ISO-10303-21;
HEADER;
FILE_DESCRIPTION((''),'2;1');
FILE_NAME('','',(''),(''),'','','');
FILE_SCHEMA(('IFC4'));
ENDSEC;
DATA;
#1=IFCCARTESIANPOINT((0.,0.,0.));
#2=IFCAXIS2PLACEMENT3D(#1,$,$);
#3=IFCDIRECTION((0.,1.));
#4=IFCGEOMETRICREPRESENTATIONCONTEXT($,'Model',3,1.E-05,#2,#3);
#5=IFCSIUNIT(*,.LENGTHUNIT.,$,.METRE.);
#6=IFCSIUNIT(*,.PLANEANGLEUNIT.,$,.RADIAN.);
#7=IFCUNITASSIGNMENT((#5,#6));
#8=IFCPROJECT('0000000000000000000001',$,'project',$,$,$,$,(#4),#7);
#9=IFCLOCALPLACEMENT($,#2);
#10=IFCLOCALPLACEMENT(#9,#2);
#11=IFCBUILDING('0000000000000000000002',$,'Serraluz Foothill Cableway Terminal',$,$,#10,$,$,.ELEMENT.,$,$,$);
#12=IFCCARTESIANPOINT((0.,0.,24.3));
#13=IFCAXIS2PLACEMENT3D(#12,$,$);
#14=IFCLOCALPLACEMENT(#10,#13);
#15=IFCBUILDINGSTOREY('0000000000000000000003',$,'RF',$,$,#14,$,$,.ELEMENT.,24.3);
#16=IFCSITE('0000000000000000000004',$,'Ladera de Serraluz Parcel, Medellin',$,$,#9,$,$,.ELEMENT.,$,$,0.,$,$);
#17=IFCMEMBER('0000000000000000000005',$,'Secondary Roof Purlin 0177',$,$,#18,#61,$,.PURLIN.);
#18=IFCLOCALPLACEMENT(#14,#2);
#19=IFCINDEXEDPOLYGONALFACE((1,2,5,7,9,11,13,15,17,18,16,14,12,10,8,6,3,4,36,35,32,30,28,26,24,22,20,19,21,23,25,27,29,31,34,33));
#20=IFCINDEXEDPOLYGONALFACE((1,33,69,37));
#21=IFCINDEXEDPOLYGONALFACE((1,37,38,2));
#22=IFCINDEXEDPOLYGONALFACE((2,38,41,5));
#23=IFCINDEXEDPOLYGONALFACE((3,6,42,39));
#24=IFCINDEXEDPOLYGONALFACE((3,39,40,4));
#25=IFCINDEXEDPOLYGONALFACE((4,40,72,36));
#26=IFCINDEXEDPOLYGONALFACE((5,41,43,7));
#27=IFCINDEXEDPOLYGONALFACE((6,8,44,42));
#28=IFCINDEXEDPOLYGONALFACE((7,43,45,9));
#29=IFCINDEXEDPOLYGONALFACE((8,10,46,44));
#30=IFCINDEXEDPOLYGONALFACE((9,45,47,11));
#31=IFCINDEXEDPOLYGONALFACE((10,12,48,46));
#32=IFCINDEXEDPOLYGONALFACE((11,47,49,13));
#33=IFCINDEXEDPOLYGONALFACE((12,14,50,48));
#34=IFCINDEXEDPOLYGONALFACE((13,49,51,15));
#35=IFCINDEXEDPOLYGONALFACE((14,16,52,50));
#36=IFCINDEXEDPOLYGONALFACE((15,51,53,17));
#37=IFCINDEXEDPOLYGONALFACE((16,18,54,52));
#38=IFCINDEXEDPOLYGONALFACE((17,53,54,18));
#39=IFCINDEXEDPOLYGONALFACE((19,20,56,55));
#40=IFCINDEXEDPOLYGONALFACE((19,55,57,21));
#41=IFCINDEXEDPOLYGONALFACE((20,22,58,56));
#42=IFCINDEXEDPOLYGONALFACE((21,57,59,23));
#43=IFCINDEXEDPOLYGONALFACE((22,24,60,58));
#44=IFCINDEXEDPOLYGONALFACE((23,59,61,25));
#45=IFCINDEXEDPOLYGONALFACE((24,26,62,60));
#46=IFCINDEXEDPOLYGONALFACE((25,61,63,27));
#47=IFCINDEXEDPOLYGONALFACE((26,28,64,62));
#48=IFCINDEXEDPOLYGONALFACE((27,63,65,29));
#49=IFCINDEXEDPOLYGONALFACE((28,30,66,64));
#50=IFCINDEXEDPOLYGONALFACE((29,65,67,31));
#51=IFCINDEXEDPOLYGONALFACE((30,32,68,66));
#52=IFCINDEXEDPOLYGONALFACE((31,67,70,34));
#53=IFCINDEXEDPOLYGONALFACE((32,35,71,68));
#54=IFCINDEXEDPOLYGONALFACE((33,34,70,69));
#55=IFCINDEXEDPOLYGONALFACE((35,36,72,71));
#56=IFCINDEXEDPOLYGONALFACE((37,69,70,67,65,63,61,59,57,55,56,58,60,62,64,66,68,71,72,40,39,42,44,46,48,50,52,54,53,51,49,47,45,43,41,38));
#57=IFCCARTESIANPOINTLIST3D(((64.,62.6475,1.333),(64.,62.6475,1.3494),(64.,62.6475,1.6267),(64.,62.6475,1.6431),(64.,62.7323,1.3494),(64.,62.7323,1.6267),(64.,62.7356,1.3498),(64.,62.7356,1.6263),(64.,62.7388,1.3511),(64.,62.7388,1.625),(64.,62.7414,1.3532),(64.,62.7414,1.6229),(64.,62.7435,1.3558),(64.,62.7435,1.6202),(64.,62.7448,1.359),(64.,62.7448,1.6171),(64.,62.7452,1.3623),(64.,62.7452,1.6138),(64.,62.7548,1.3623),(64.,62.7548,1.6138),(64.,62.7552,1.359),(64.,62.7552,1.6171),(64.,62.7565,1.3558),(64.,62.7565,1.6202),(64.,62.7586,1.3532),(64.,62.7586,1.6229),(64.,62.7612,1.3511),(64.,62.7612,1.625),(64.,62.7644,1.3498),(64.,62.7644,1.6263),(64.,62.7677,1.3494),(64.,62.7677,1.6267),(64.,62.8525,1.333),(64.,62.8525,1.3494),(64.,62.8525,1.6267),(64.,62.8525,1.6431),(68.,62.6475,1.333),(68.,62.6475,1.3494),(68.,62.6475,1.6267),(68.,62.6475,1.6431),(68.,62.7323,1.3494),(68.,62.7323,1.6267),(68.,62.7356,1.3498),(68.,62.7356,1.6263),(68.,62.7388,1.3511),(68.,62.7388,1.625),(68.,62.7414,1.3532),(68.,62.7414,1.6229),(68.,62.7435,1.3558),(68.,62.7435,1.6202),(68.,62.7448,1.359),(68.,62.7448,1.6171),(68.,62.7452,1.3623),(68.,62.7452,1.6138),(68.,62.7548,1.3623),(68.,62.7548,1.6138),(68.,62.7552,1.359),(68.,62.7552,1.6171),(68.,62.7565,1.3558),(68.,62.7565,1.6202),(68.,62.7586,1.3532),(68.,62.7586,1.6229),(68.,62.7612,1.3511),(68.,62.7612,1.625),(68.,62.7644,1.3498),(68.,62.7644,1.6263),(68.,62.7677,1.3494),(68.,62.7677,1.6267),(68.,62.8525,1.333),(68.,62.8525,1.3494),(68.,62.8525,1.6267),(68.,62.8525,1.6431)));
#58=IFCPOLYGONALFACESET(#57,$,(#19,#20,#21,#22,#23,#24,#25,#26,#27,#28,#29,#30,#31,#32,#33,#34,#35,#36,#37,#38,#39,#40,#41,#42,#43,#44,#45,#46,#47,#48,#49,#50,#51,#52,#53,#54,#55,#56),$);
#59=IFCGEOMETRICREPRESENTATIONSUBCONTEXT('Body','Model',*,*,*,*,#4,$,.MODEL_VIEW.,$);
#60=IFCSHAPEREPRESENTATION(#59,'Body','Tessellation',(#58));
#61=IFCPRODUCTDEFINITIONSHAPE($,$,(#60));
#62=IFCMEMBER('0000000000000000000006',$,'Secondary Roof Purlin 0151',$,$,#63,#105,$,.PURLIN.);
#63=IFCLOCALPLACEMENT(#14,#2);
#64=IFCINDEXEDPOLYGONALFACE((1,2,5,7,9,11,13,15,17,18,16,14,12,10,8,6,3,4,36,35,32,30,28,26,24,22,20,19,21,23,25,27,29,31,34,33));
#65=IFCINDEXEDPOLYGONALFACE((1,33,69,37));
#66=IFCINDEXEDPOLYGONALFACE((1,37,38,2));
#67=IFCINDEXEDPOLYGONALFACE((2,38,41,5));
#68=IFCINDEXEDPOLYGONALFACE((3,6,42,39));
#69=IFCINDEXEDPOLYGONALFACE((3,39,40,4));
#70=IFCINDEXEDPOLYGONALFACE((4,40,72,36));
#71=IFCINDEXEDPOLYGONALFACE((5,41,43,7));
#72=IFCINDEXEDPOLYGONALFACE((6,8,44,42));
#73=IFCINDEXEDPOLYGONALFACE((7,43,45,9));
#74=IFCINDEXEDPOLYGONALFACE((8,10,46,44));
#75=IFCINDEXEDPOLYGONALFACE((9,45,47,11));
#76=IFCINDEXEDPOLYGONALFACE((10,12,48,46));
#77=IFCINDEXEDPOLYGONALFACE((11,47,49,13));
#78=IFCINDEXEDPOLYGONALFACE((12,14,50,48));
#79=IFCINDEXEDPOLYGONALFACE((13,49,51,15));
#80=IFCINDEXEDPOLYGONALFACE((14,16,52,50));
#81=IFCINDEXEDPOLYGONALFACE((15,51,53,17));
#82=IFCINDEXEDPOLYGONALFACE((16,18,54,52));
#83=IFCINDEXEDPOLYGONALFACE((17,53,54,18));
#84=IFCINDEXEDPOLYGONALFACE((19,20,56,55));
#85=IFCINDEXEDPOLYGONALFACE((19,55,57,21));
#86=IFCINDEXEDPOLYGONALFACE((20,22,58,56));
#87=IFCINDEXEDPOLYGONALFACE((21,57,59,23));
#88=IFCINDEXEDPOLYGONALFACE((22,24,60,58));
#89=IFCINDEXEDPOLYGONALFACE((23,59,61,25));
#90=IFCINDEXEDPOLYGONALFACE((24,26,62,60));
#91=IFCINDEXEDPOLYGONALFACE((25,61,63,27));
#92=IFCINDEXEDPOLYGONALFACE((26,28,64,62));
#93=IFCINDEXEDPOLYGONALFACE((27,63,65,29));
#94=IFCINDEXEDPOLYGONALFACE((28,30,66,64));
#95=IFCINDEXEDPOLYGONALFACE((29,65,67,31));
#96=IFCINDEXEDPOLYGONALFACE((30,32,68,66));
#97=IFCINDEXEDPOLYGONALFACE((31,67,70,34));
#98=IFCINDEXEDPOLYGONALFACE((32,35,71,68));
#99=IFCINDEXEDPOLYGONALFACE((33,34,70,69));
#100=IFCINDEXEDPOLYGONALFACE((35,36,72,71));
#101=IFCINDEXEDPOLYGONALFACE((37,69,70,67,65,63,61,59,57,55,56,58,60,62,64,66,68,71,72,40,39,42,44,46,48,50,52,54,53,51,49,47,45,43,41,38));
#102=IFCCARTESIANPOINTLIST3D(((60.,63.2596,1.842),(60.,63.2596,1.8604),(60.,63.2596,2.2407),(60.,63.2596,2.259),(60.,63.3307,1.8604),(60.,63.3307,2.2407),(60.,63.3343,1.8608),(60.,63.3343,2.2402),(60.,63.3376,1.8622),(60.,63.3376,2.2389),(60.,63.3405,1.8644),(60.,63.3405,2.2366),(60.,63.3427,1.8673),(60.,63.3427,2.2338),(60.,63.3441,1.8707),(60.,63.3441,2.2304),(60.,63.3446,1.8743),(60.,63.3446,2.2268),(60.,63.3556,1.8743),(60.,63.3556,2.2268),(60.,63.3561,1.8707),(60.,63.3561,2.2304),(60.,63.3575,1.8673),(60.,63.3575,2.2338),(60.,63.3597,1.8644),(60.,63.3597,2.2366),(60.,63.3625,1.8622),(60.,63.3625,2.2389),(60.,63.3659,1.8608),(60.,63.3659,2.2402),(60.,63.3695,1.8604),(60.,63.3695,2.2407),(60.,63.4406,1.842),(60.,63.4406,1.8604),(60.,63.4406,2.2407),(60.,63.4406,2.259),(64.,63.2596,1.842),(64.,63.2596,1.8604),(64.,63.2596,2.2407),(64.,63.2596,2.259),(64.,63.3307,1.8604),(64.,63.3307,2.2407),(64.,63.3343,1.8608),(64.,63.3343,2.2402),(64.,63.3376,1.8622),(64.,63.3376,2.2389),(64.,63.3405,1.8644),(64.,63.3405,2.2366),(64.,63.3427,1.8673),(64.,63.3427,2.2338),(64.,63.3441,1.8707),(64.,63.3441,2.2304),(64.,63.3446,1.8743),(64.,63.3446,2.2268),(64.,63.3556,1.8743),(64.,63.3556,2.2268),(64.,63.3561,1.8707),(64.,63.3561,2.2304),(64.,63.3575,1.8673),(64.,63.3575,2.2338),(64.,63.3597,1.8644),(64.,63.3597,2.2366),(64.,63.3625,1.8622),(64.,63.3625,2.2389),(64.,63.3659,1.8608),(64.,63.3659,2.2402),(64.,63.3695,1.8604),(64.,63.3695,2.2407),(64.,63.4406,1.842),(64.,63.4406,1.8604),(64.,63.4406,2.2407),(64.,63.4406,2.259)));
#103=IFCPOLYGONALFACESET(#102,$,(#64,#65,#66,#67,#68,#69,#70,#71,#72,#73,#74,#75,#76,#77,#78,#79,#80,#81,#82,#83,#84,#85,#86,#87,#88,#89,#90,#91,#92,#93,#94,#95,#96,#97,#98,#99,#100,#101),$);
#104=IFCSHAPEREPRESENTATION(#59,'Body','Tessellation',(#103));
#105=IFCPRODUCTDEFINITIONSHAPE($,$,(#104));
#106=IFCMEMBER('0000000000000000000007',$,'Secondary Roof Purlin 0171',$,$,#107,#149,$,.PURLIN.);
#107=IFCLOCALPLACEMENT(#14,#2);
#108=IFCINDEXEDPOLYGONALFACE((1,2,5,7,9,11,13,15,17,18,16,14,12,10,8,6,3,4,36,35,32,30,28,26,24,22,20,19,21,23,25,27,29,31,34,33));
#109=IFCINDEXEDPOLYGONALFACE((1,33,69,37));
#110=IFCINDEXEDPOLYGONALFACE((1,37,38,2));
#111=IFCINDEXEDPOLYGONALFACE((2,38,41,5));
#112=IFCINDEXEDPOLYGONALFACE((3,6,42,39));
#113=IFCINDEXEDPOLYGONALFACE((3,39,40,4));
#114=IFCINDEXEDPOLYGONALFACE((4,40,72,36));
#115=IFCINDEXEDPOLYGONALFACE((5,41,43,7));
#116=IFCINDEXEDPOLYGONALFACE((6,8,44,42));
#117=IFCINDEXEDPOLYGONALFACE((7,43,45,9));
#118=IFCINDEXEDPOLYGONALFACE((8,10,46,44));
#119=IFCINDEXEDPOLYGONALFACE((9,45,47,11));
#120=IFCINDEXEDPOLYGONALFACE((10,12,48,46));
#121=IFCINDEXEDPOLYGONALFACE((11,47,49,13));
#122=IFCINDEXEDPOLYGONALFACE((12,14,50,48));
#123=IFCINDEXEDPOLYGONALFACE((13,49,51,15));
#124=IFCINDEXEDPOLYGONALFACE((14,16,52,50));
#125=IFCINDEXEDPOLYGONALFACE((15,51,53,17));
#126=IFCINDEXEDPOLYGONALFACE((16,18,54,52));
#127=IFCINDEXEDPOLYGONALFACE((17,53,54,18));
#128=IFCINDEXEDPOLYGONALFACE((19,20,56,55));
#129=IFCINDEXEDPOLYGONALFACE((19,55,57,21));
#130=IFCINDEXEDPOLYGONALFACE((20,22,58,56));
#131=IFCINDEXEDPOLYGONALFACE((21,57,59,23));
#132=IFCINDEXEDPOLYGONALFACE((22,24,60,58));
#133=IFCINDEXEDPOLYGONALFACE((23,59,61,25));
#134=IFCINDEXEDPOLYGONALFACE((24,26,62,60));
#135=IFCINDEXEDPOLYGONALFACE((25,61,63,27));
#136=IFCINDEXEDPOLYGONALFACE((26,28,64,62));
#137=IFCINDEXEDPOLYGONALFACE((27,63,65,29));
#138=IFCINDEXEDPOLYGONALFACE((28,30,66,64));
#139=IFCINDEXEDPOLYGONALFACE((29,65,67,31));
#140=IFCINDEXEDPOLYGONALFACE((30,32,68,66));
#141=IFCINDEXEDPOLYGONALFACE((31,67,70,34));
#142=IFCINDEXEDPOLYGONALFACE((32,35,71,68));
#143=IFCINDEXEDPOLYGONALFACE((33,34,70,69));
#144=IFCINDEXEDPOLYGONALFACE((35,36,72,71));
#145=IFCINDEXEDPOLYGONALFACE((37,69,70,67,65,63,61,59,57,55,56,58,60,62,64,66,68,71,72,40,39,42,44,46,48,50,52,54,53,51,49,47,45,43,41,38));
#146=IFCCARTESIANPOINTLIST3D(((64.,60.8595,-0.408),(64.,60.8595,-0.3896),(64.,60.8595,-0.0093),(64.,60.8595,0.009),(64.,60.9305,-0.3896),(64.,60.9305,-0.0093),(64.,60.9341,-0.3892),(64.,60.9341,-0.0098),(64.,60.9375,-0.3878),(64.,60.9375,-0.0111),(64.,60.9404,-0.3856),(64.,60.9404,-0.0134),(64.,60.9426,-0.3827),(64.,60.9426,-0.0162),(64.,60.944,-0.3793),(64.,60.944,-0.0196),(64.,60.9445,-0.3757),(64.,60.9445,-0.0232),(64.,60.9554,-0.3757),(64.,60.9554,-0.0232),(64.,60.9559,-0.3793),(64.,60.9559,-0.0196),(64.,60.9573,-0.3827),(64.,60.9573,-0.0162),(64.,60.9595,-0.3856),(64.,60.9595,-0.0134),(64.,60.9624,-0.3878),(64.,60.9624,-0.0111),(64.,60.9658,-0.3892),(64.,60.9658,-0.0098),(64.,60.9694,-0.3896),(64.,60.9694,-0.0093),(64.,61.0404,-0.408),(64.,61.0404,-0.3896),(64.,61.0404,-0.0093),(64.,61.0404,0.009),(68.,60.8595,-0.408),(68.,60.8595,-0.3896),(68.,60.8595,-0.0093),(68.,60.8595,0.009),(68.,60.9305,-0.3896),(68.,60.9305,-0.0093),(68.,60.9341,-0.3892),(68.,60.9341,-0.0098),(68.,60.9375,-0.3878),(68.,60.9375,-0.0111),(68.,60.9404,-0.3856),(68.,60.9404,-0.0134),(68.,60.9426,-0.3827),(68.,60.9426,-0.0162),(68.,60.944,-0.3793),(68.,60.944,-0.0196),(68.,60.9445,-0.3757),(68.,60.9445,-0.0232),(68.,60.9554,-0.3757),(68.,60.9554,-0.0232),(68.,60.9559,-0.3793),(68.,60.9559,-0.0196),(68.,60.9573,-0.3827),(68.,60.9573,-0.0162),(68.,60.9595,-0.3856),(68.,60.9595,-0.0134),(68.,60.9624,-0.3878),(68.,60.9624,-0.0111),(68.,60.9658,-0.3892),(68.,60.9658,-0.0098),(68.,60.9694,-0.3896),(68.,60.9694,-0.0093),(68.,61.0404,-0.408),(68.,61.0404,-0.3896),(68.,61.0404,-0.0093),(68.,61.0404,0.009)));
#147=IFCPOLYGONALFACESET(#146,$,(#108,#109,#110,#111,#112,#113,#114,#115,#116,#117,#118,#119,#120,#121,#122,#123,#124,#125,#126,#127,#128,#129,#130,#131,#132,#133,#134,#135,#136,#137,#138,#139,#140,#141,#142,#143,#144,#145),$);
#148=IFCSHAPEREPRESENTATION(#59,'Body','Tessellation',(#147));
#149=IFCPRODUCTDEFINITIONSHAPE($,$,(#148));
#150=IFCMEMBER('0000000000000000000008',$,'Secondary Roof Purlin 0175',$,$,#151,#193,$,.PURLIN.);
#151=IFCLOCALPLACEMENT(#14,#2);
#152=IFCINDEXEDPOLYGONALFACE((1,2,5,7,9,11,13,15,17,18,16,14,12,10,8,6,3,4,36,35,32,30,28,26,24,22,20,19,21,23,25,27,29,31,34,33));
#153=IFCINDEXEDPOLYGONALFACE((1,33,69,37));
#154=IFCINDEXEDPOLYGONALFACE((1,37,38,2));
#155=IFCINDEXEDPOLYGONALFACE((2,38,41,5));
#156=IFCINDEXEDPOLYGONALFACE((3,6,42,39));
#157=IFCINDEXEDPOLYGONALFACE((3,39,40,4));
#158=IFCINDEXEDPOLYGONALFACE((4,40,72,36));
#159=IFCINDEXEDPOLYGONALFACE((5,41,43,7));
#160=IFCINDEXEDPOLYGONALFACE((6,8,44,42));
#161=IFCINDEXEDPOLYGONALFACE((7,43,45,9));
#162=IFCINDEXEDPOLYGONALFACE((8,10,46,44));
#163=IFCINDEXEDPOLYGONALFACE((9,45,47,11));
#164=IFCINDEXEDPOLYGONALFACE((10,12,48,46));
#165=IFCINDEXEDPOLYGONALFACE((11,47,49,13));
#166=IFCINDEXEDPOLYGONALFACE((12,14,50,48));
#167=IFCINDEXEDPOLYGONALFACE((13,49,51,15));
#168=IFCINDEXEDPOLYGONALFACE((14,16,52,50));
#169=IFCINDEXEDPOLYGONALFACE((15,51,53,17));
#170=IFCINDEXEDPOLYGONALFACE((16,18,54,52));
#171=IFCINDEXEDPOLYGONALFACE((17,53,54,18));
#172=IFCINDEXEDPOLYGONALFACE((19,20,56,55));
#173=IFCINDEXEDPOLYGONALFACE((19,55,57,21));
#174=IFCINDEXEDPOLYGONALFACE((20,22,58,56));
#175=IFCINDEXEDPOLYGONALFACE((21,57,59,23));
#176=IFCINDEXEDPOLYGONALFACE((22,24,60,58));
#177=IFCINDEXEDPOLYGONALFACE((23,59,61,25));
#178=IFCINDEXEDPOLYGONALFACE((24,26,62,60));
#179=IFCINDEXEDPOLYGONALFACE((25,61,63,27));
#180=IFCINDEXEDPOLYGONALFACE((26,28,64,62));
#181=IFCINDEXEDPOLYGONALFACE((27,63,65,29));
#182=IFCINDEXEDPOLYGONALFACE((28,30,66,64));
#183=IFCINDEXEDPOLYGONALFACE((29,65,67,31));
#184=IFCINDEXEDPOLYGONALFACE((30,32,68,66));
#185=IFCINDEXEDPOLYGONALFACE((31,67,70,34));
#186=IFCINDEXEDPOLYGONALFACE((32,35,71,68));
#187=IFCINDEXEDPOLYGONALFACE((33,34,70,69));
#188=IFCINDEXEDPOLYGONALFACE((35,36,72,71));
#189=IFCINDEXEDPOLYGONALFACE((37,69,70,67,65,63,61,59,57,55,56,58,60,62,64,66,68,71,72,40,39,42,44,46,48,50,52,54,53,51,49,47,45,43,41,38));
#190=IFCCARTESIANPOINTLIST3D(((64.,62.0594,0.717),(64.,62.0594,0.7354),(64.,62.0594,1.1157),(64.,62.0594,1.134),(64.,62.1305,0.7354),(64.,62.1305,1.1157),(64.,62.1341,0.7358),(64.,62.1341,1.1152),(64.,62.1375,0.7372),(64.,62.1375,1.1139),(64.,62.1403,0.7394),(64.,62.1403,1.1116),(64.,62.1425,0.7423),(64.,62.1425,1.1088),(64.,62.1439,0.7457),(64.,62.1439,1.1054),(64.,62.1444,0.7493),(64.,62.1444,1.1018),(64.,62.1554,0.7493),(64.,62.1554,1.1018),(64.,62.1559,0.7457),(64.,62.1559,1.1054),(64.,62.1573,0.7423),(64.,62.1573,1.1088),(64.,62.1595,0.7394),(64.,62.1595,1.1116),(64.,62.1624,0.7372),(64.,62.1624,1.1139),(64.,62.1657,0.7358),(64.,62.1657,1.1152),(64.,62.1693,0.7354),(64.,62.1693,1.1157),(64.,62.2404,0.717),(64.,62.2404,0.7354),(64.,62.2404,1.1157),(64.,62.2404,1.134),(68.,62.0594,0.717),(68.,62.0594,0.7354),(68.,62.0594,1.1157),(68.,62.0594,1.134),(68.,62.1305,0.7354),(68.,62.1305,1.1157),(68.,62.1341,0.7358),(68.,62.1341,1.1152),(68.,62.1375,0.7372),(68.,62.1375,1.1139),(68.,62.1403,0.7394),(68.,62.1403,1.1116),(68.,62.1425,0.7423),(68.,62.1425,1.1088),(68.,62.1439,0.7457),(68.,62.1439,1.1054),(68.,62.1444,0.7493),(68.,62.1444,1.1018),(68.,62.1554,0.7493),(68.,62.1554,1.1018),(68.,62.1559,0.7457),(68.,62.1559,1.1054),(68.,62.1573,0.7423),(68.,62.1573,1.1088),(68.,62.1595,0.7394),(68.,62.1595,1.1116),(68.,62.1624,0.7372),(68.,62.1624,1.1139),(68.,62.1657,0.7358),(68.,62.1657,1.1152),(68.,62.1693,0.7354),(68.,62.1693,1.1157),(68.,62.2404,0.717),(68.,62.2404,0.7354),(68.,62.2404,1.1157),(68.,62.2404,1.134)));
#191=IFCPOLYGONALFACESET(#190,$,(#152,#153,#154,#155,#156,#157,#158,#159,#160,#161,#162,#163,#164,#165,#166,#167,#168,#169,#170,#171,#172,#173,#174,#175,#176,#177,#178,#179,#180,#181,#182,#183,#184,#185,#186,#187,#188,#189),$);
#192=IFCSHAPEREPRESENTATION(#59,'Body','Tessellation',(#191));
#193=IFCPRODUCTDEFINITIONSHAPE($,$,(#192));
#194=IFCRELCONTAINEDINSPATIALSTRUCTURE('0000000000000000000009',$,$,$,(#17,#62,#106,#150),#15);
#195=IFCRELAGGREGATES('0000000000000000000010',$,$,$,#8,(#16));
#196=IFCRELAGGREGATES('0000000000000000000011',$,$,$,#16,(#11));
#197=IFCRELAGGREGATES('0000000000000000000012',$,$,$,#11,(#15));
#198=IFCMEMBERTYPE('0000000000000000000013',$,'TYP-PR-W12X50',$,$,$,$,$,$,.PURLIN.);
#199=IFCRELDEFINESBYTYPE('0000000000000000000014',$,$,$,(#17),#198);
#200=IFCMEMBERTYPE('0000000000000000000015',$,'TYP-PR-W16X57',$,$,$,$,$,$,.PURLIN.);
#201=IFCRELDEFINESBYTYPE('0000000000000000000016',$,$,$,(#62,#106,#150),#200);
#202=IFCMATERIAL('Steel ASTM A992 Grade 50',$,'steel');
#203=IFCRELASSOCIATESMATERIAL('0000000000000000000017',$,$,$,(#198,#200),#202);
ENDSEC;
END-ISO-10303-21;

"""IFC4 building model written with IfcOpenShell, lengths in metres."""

from ifc_helpers import new_model, si_unit, direction, frame, origin, origin_2d, place, context, subcontext, project, spatial, i_section, extrude, material, material_profile, profile_set, type_object, element, save


model = new_model("IFC4")

# Units and contexts
model_context = context("Model", 3, precision=1e-05, world=origin(), true_north=direction((0.0, 1.0)))
body_context = subcontext(model_context, "Body", "Model", "MODEL_VIEW")
ifc_project = project(units=[si_unit("LENGTHUNIT", "METRE"), si_unit("PLANEANGLEUNIT", "RADIAN")], contexts=[model_context])

# Site, building, storey
site_placement = place(None, origin())
site = spatial("IfcSite", under=ifc_project, at=site_placement, Name="Ladera de Serraluz Parcel, Medellin", CompositionType="ELEMENT", RefElevation=0.0)
building_placement = place(site_placement, origin())
building = spatial("IfcBuilding", under=site, at=building_placement, Name="Serraluz Foothill Cableway Terminal", CompositionType="ELEMENT")
storey_placement = place(building_placement, frame((0.0, 0.0, 24.3)))
storey = spatial("IfcBuildingStorey", under=building, at=storey_placement, Name="RF", CompositionType="ELEMENT", Elevation=24.3)

# Members
ifc_material_1 = material(Name="Steel ASTM A992 Grade 50", Category="steel")
ifc_material_profile_1 = material_profile(ifc_material_1, i_section(OverallWidth=0.2051, OverallDepth=0.3101, WebThickness=0.0095, FlangeThickness=0.0164, FilletRadius=0.0129, at=origin_2d()), Name="W12X50")
ifc_profile_set_1 = profile_set([ifc_material_profile_1], Name="Steel ASTM A992 Grade 50")
member_type_1 = type_object("IfcMemberType", Name="TYP-PR-W12X50", PredefinedType="PURLIN", material=ifc_profile_set_1)
for number, where, z_axis, x_axis, name in (
    (1, (64.0, 62.75, 1.488), (1.0, 0.0, 0.0), (0.0, 1.0, 0.0), "Secondary Roof Purlin 0177"),
):
    element("IfcMember", number, at=place(storey_placement, frame(where, z_axis=z_axis, x_axis=x_axis)), inside=storey, type_object=member_type_1, Name=name, PredefinedType="PURLIN", context=body_context, shape_type="SweptSolid", body=[
        extrude(i_section(OverallWidth=0.2051, OverallDepth=0.3101, WebThickness=0.0095, FlangeThickness=0.0164, FilletRadius=0.0129, at=origin_2d()), origin(), (0.0, 0.0, 1.0), 4.0),
    ])
ifc_material_profile_2 = material_profile(ifc_material_1, i_section(OverallWidth=0.1809, OverallDepth=0.417, WebThickness=0.011, FlangeThickness=0.0183, FilletRadius=0.0139, at=origin_2d()), Name="W16X57")
ifc_profile_set_2 = profile_set([ifc_material_profile_2], Name="Steel ASTM A992 Grade 50")
member_type_2 = type_object("IfcMemberType", Name="TYP-PR-W16X57", PredefinedType="PURLIN", material=ifc_profile_set_2)
for number, where, z_axis, x_axis, name in (
    (2, (60.0, 63.3501, 2.0505), (1.0, 0.0, 0.0), (0.0, 1.0, 0.0), "Secondary Roof Purlin 0151"),
    (3, (64.0, 60.95, -0.1995), (1.0, 0.0, 0.0), (0.0, 1.0, 0.0), "Secondary Roof Purlin 0171"),
    (4, (64.0, 62.1499, 0.9255), (1.0, 0.0, 0.0), (0.0, 1.0, 0.0), "Secondary Roof Purlin 0175"),
):
    element("IfcMember", number, at=place(storey_placement, frame(where, z_axis=z_axis, x_axis=x_axis)), inside=storey, type_object=member_type_2, Name=name, PredefinedType="PURLIN", context=body_context, shape_type="SweptSolid", body=[
        extrude(i_section(OverallWidth=0.1809, OverallDepth=0.417, WebThickness=0.011, FlangeThickness=0.0183, FilletRadius=0.0139, at=origin_2d()), origin(), (0.0, 0.0, 1.0), 4.0),
    ])

save(model, "model.ifc")
